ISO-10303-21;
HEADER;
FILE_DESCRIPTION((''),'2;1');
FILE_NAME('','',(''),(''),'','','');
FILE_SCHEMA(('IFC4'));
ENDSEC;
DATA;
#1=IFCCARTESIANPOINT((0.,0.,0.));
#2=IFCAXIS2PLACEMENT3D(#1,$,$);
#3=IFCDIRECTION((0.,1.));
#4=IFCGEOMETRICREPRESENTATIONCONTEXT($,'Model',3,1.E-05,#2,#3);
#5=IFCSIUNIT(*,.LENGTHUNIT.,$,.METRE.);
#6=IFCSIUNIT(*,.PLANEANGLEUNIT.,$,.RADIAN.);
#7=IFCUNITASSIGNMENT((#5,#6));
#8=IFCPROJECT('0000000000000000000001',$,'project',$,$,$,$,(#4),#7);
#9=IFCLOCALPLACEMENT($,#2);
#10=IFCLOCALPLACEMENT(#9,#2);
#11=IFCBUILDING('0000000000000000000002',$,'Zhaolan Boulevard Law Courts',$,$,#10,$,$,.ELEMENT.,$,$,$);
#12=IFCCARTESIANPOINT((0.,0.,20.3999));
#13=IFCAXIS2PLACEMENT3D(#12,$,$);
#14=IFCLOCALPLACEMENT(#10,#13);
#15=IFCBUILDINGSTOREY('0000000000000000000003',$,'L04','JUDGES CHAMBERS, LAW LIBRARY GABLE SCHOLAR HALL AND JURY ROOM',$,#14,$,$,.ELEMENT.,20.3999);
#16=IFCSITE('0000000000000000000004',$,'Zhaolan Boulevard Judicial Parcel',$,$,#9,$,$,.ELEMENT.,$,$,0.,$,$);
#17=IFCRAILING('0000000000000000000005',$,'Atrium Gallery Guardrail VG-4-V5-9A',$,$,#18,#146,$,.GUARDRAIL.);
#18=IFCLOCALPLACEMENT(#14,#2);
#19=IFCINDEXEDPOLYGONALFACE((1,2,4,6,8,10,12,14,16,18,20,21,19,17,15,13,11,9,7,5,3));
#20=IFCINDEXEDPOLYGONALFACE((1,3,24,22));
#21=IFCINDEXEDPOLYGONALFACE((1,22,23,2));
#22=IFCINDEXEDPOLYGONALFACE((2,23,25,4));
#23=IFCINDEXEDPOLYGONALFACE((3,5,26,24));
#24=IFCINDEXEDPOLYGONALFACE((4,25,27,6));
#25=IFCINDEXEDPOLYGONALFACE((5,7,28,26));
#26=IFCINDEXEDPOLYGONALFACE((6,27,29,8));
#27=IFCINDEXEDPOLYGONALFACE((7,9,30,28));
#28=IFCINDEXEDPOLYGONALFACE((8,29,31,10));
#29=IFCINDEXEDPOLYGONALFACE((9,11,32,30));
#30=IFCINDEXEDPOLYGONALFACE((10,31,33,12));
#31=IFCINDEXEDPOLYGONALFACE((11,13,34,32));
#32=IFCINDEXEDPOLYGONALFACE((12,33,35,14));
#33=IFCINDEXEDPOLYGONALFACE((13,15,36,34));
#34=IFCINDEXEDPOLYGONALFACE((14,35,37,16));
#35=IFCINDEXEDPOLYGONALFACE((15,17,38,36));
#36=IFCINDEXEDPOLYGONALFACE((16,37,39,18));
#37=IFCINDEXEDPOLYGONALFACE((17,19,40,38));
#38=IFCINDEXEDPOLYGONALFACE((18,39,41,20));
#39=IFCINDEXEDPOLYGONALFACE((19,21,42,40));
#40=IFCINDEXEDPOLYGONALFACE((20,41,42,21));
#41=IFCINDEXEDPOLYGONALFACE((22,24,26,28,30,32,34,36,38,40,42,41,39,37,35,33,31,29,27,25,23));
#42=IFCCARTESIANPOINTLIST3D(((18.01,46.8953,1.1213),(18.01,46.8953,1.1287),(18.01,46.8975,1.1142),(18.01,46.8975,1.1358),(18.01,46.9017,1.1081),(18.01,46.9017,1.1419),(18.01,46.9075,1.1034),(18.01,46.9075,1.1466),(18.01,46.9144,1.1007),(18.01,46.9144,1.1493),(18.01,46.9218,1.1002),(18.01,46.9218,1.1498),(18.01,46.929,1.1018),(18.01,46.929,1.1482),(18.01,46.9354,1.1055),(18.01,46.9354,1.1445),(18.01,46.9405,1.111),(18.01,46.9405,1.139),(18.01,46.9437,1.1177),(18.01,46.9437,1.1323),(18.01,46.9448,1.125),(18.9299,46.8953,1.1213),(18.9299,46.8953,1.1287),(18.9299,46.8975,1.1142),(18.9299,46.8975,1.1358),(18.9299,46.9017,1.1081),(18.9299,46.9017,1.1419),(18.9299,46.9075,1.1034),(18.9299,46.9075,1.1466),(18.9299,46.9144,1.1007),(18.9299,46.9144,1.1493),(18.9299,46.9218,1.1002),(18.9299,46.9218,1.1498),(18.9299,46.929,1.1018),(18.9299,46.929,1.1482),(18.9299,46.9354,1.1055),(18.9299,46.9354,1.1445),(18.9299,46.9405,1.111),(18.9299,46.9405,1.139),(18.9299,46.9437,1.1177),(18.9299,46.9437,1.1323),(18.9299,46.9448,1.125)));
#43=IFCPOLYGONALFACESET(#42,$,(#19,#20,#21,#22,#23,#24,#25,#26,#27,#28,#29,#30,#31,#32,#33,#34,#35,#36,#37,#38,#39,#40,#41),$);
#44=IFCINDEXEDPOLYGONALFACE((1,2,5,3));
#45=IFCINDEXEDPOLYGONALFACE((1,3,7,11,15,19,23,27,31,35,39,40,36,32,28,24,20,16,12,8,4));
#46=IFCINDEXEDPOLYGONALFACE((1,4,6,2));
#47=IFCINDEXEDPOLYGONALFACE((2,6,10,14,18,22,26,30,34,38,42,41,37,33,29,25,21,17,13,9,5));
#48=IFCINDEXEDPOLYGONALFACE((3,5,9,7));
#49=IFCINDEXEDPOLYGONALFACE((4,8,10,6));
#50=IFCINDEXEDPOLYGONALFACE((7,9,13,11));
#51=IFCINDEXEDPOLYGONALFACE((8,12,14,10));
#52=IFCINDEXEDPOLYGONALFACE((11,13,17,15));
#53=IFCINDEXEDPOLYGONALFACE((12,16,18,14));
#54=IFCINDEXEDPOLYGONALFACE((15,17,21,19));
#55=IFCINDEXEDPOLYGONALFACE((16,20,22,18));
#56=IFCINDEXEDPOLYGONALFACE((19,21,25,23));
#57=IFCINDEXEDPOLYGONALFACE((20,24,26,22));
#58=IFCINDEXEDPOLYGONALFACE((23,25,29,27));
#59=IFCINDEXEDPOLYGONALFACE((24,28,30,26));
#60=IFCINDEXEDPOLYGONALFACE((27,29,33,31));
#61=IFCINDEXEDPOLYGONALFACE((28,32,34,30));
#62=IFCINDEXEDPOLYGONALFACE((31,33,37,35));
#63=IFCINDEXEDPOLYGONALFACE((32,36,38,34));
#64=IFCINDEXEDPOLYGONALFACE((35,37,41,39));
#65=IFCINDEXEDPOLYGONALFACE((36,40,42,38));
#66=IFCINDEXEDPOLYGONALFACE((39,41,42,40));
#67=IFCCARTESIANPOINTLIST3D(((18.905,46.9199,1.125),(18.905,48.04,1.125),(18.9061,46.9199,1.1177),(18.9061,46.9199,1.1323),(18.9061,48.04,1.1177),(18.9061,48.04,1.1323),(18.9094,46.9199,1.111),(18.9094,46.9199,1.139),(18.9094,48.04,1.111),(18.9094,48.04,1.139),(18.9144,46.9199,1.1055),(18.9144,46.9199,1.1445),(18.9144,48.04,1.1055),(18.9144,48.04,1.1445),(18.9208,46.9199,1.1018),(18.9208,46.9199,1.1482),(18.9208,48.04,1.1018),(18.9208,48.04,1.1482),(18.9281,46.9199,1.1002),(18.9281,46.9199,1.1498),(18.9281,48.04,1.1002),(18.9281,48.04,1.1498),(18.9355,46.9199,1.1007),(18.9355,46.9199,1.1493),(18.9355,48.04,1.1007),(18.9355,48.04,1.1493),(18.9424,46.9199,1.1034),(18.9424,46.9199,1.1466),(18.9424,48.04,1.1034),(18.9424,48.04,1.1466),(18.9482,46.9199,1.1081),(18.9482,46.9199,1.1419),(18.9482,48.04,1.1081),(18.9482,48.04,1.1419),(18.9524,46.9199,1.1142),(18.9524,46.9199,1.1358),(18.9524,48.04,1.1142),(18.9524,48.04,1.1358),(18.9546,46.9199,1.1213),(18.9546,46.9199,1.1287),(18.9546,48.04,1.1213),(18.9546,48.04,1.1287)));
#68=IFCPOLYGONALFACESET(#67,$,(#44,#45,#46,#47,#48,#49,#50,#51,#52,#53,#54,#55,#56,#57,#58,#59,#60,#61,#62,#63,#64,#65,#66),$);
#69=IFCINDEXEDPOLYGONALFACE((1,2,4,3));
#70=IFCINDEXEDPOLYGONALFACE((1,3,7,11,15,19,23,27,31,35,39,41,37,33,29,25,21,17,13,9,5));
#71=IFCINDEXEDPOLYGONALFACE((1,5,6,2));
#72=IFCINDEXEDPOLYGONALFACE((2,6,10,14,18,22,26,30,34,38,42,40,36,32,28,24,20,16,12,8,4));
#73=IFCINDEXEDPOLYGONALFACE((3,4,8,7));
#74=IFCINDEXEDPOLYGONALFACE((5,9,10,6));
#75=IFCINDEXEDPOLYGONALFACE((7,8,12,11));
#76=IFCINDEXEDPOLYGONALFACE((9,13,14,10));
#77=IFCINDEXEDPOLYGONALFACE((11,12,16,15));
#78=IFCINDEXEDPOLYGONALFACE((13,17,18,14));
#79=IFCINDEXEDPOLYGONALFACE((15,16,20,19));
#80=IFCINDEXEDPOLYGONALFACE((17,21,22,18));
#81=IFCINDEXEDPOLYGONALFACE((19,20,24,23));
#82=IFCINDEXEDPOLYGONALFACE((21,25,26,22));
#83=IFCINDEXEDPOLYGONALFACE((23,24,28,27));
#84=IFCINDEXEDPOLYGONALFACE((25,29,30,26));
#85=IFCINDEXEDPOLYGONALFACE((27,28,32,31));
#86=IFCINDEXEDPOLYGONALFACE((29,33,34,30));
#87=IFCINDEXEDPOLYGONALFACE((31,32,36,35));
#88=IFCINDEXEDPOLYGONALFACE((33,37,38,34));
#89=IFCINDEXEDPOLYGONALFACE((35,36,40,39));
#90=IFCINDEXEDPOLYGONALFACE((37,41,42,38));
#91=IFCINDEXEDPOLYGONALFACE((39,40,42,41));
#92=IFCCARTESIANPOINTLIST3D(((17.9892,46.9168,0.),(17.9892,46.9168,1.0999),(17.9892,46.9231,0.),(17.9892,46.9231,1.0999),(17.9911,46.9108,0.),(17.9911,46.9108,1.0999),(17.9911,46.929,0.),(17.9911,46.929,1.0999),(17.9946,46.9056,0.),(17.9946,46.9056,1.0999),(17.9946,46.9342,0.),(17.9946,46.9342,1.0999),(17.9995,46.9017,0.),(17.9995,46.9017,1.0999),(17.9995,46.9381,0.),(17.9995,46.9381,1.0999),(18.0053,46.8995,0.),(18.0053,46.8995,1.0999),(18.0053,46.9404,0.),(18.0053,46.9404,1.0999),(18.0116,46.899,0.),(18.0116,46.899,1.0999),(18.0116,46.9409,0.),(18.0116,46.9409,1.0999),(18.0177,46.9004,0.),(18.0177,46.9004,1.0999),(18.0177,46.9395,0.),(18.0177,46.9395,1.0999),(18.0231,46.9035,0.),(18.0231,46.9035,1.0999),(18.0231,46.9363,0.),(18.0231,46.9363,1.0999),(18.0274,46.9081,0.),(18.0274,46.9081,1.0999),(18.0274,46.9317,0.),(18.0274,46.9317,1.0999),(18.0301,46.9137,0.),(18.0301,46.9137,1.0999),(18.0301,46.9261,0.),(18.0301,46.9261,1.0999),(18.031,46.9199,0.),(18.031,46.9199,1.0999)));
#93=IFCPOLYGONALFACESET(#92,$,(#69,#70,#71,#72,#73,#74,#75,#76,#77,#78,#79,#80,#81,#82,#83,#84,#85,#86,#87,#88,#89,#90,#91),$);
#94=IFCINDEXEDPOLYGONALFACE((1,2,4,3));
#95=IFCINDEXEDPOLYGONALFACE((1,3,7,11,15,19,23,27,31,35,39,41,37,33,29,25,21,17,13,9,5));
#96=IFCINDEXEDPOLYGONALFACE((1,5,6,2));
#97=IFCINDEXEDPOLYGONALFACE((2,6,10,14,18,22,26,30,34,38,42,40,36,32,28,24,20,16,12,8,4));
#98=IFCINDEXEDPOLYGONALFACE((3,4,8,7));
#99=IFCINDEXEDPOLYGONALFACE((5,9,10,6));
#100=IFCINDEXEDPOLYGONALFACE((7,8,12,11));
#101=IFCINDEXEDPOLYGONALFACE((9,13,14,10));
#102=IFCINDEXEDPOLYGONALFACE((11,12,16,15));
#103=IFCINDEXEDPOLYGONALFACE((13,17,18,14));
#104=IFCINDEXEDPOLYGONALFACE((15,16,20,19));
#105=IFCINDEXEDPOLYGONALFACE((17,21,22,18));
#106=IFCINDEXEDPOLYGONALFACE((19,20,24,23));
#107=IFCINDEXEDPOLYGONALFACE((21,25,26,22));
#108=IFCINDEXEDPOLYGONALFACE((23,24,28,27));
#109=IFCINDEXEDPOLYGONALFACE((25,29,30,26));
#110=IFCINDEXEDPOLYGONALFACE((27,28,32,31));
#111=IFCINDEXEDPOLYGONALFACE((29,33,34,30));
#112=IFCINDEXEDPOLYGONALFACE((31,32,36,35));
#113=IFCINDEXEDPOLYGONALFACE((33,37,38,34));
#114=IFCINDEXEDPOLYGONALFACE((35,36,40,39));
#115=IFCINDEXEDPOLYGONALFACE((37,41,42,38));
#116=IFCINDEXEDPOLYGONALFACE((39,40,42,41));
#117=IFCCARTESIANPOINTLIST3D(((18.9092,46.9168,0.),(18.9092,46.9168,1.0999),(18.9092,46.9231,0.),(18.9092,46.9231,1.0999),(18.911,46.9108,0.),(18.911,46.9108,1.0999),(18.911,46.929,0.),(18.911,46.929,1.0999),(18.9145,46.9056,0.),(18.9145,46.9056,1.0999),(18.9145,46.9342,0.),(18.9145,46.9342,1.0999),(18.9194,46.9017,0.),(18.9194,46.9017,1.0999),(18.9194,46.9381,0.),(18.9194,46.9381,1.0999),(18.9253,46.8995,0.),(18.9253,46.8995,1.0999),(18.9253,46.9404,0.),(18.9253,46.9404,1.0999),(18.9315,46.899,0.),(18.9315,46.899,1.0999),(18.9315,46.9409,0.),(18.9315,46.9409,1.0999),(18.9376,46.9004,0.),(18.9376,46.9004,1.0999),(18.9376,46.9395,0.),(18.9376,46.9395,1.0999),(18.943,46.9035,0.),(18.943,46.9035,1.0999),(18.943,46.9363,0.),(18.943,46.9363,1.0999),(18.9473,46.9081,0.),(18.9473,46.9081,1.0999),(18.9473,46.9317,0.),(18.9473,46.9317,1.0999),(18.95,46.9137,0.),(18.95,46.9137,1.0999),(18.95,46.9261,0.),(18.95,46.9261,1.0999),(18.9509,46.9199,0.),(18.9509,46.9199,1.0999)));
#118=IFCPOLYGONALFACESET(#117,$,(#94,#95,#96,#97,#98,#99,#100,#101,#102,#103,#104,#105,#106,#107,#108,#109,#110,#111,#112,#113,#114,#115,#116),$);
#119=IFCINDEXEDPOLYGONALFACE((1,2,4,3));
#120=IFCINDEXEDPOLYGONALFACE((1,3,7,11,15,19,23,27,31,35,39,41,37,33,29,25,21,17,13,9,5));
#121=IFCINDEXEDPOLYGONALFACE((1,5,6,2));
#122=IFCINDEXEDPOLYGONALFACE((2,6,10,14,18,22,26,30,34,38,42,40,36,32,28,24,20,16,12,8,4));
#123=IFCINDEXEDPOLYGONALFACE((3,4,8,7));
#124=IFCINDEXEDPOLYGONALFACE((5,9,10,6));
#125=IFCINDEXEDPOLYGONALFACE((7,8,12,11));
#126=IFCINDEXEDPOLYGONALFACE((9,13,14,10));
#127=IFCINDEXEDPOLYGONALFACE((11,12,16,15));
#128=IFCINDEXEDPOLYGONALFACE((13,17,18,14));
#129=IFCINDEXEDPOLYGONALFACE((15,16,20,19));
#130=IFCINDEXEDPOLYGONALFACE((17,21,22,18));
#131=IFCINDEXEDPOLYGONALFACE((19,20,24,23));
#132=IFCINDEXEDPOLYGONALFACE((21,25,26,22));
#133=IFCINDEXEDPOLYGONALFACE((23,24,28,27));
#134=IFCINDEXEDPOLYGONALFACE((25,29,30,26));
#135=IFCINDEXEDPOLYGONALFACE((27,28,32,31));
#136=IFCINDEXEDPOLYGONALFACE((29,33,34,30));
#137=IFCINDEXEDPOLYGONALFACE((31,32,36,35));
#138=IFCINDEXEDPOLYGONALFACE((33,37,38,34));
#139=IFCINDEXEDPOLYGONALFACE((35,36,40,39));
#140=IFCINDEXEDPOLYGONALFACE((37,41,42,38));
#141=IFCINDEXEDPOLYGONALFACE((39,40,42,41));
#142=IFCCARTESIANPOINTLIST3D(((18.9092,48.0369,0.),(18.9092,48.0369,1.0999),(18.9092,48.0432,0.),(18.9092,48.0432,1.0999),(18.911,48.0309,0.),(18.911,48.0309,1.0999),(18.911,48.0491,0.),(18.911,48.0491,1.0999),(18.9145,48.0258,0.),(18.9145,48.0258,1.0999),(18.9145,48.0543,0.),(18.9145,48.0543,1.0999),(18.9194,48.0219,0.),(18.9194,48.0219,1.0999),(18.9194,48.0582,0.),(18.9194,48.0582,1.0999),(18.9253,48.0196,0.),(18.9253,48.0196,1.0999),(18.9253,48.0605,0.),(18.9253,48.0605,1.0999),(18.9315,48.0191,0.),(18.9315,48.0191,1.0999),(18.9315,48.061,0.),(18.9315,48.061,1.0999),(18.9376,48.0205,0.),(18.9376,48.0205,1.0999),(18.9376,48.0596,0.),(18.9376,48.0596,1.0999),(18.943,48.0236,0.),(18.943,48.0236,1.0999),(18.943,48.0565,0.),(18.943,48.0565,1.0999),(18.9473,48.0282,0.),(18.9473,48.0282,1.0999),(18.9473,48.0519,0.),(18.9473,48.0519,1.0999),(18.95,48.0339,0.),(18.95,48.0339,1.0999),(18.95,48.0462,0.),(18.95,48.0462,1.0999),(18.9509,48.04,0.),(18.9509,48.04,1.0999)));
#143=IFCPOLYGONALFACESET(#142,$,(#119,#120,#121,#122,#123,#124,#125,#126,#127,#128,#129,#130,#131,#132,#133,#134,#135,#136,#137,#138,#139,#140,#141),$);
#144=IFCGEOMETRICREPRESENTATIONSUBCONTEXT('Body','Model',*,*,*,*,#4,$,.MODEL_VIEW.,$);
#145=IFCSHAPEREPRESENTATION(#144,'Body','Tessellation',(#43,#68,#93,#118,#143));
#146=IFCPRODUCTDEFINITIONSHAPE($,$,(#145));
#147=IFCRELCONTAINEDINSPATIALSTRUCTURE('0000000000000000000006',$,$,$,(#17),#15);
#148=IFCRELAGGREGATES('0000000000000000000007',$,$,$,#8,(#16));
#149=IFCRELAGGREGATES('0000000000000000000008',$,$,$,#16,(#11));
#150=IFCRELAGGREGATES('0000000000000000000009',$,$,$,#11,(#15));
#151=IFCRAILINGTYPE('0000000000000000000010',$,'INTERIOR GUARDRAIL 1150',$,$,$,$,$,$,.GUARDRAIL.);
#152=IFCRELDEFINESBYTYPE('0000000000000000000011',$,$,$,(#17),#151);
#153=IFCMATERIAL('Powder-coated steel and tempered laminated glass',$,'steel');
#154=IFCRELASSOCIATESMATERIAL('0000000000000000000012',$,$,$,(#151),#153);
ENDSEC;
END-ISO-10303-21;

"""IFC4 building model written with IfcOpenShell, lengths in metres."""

from ifc_helpers import new_model, si_unit, direction, frame, origin, origin_2d, place, context, subcontext, project, spatial, circle, extrude, material, type_object, element, save


model = new_model("IFC4")

# Units and contexts
model_context = context("Model", 3, precision=1e-05, world=origin(), true_north=direction((0.0, 1.0)))
body_context = subcontext(model_context, "Body", "Model", "MODEL_VIEW")
ifc_project = project(units=[si_unit("LENGTHUNIT", "METRE"), si_unit("PLANEANGLEUNIT", "RADIAN")], contexts=[model_context])

# Site, building, storey
site_placement = place(None, origin())
site = spatial("IfcSite", under=ifc_project, at=site_placement, Name="Zhaolan Boulevard Judicial Parcel", CompositionType="ELEMENT", RefElevation=0.0)
building_placement = place(site_placement, origin())
building = spatial("IfcBuilding", under=site, at=building_placement, Name="Zhaolan Boulevard Law Courts", CompositionType="ELEMENT")
storey_placement = place(building_placement, frame((0.0, 0.0, 20.3999)))
storey = spatial("IfcBuildingStorey", under=building, at=storey_placement, Name="L04", Description="JUDGES CHAMBERS, LAW LIBRARY GABLE SCHOLAR HALL AND JURY ROOM", CompositionType="ELEMENT", Elevation=20.3999)

# Railing
ifc_material_1 = material(Name="Powder-coated steel and tempered laminated glass", Category="steel")
railing_type_1 = type_object("IfcRailingType", Name="INTERIOR GUARDRAIL 1150", PredefinedType="GUARDRAIL", material=ifc_material_1)
railing_1_placement = place(storey_placement, frame((18.01, 46.9199, 0.0)))
element("IfcRailing", 1, at=railing_1_placement, inside=storey, type_object=railing_type_1, Name="Atrium Gallery Guardrail VG-4-V5-9A", PredefinedType="GUARDRAIL", context=body_context, shape_type="SweptSolid", body=[
    extrude(circle(Radius=0.0249, at=origin_2d()), frame((0.0, 0.0, 1.125), z_axis=(1.0, 0.0, 0.0), x_axis=(0.0, 1.0, 0.0)), (0.0, 0.0, 1.0), 0.9199),
    extrude(circle(Radius=0.0249, at=origin_2d()), frame((0.9199, 0.0, 1.125), z_axis=(0.0, 1.0, 0.0), x_axis=(-1.0, 0.0, 0.0)), (0.0, 0.0, 1.0), 1.1201),
    extrude(circle(Radius=0.021, at=origin_2d()), origin(), (0.0, 0.0, 1.0), 1.0999),
    extrude(circle(Radius=0.021, at=origin_2d()), frame((0.9199, 0.0, 0.0)), (0.0, 0.0, 1.0), 1.0999),
    extrude(circle(Radius=0.021, at=origin_2d()), frame((0.9199, 1.1201, 0.0)), (0.0, 0.0, 1.0), 1.0999),
])

save(model, "model.ifc")
